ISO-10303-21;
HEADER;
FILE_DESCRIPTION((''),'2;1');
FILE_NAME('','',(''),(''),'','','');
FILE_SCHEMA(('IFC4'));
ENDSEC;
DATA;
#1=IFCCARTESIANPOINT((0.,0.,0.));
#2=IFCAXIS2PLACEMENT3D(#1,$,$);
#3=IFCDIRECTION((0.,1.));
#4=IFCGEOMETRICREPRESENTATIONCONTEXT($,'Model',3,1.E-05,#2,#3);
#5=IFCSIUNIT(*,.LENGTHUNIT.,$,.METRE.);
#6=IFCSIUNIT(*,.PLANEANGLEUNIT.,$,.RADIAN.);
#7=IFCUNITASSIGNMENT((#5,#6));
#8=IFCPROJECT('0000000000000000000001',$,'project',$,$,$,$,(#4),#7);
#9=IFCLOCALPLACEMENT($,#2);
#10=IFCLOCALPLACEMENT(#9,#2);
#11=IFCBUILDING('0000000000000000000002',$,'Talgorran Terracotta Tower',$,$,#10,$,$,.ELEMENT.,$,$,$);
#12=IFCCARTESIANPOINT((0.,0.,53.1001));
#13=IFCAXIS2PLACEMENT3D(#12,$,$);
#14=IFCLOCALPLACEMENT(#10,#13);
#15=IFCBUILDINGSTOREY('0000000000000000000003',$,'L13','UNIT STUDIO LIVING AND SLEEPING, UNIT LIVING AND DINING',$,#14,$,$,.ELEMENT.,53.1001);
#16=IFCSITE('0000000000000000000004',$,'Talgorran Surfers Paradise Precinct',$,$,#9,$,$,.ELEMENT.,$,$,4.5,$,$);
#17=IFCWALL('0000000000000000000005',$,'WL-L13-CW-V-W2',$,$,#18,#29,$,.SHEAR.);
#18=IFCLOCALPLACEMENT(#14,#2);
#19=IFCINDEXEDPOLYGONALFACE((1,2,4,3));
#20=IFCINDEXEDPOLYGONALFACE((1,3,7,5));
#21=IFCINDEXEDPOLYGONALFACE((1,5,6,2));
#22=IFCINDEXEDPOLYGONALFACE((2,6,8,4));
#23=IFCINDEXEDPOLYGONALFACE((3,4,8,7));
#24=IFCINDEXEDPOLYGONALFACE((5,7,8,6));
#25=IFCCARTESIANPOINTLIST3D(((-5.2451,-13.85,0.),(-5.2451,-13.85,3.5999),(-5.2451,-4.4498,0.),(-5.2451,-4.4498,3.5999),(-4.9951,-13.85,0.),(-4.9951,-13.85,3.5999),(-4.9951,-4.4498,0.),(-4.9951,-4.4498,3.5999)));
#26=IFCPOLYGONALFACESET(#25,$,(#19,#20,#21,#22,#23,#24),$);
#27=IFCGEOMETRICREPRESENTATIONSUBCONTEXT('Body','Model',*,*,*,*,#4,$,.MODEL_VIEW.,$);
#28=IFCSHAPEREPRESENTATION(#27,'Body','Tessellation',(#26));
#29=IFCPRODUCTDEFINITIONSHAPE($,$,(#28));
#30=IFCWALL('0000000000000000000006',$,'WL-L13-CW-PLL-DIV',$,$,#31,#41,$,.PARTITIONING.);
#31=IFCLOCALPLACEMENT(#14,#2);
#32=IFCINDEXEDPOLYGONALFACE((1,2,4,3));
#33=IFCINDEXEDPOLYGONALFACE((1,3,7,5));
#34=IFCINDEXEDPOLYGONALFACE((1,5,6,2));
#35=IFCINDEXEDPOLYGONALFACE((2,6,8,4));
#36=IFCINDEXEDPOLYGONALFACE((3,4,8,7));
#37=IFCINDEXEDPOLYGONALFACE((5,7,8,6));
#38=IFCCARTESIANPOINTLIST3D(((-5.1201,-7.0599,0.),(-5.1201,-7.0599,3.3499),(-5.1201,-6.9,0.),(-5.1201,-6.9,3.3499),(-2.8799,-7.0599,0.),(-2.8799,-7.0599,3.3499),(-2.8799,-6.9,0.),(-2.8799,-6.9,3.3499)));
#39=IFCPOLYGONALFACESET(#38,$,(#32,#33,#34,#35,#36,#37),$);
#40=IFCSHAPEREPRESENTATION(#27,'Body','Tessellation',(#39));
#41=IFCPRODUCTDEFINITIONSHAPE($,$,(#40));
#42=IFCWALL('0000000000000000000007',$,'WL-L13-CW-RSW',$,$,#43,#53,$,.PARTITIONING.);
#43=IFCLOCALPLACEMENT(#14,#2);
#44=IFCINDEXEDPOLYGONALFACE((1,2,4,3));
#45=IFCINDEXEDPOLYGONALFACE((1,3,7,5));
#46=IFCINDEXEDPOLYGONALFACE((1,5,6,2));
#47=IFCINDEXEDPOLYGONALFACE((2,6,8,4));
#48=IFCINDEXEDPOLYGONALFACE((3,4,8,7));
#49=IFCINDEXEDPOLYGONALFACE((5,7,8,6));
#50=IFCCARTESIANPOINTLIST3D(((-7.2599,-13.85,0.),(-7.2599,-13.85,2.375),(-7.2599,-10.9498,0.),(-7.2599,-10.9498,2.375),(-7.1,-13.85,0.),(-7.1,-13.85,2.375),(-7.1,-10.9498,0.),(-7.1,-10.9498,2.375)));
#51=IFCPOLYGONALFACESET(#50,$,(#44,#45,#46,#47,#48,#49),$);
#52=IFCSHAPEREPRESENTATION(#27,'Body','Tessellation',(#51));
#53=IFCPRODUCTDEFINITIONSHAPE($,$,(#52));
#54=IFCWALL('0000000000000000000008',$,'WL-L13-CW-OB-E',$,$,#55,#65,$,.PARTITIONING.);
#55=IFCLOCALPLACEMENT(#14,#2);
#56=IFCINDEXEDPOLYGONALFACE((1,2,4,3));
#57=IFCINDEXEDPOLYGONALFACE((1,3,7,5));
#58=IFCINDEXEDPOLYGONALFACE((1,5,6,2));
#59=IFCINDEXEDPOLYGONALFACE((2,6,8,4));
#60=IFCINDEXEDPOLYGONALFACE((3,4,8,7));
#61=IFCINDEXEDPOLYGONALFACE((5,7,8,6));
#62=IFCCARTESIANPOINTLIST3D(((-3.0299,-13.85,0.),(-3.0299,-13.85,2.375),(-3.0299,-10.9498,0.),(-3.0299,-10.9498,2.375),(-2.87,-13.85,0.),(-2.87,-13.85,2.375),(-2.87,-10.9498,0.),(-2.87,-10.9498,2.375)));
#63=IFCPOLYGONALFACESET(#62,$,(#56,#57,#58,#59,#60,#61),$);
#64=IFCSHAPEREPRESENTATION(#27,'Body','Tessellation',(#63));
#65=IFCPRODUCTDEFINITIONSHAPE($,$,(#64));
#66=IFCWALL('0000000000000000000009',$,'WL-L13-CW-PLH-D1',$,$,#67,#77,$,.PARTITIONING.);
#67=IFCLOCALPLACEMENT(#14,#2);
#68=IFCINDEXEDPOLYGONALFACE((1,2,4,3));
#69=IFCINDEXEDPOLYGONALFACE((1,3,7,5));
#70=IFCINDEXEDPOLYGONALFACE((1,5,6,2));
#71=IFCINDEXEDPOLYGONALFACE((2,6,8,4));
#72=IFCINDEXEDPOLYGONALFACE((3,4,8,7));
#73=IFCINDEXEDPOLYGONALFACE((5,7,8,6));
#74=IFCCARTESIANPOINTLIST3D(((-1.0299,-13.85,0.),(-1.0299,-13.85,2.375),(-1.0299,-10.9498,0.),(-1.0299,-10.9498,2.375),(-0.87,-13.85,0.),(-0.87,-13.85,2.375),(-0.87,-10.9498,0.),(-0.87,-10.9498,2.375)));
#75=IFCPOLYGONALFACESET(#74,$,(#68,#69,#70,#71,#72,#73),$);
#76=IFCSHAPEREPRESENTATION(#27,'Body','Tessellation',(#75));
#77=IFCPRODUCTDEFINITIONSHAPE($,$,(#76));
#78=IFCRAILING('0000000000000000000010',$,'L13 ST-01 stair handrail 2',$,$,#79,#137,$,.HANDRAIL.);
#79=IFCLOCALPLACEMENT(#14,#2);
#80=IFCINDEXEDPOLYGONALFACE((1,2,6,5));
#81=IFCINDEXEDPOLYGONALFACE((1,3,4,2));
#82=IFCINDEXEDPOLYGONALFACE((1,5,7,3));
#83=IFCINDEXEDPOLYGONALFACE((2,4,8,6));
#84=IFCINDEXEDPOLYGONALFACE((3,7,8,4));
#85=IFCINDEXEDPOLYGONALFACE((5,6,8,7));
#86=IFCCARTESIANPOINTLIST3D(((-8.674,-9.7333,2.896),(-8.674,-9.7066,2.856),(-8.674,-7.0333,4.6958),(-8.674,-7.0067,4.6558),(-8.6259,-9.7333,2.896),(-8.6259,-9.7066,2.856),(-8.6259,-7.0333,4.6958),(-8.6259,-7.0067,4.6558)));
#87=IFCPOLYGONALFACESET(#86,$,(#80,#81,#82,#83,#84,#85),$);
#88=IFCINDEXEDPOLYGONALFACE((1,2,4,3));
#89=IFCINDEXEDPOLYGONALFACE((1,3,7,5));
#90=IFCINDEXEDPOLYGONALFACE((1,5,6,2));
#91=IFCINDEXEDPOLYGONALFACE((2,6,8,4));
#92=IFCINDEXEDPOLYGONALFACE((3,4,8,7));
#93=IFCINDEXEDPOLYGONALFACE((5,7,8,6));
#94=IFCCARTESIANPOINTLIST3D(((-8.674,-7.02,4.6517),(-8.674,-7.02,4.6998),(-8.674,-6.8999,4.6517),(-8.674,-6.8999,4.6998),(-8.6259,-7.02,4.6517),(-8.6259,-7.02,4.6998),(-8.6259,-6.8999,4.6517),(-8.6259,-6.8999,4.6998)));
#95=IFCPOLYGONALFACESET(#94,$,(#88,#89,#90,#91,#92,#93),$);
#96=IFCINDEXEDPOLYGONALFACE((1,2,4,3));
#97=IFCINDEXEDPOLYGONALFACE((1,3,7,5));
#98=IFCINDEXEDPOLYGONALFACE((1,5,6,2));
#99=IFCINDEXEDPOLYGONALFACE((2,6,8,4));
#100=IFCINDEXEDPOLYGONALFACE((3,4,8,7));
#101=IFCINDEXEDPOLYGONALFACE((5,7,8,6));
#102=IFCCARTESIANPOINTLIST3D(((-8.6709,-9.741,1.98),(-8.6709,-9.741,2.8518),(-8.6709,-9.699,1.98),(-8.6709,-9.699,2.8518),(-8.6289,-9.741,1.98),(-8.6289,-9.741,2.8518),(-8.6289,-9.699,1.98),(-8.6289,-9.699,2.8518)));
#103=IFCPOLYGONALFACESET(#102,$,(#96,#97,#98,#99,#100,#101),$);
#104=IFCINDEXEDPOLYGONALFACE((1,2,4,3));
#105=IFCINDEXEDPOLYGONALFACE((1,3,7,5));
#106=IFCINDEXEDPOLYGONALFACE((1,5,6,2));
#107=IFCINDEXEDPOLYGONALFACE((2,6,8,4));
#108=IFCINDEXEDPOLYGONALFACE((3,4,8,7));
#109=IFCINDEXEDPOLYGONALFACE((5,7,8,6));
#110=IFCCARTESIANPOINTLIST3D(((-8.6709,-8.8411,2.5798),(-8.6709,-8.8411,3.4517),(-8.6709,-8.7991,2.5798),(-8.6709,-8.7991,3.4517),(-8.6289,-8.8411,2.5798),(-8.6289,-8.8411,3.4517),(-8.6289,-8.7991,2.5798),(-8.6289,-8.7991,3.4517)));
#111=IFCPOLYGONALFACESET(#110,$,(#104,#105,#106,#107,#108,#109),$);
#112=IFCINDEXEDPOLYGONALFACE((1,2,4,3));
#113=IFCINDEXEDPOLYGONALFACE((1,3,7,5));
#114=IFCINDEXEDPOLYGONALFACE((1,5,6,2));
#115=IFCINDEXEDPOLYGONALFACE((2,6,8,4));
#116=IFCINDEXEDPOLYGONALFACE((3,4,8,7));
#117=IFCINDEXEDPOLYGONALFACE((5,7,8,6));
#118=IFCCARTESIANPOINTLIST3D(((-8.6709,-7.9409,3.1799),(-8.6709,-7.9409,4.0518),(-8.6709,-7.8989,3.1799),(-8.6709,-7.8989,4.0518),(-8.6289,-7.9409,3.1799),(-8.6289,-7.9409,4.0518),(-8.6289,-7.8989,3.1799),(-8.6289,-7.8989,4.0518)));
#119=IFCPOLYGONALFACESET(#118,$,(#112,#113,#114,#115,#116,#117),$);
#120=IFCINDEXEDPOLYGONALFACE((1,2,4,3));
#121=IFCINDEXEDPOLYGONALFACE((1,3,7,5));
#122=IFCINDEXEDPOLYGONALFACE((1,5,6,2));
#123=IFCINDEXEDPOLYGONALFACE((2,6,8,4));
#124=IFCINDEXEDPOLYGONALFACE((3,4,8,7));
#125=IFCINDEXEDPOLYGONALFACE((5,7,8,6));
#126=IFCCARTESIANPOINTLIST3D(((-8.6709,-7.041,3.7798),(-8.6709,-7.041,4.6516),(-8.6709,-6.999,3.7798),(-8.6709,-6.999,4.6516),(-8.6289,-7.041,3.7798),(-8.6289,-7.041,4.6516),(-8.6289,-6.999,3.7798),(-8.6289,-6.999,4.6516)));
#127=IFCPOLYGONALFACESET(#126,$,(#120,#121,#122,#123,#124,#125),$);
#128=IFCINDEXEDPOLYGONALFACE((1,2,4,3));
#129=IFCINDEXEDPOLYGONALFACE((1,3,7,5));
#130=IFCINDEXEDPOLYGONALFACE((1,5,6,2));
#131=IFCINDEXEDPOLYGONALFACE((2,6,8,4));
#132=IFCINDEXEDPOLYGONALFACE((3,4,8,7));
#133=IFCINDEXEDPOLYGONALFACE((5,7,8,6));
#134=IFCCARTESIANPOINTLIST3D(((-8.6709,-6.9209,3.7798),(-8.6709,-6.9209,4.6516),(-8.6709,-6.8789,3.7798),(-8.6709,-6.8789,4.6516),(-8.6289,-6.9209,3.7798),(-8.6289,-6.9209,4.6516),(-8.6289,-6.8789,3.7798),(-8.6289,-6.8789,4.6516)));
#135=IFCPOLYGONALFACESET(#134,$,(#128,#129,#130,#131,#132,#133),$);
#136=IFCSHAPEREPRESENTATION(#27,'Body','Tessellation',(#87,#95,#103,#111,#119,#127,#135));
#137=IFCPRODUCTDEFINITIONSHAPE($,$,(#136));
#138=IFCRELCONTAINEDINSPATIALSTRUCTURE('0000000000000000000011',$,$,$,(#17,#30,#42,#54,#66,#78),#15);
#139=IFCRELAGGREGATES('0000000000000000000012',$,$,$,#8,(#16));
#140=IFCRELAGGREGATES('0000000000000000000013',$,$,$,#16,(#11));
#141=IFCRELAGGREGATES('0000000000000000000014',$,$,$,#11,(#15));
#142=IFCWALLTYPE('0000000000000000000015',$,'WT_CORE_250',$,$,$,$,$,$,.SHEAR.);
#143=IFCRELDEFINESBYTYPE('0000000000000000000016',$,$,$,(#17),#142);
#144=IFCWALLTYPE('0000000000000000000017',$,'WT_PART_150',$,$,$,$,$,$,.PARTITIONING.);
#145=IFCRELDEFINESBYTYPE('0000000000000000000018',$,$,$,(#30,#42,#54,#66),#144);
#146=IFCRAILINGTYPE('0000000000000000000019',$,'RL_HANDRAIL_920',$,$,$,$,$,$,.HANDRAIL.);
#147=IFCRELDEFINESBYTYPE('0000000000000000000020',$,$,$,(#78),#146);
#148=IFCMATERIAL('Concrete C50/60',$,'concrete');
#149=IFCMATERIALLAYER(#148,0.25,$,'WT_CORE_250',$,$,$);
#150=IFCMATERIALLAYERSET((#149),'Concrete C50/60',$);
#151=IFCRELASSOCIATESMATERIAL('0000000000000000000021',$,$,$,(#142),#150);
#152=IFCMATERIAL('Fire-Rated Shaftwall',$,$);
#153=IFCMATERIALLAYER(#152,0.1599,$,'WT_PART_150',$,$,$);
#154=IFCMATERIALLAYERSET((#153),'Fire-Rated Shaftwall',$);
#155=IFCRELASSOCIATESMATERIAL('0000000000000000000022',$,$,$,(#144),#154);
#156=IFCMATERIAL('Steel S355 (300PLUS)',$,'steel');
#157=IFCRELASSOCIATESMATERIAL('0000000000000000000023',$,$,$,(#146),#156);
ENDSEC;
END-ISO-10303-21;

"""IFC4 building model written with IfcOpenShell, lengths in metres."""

from ifc_helpers import new_model, si_unit, direction, frame, frame_2d, origin, origin_2d, place, context, subcontext, project, spatial, rectangle, extrude, material, layer, layer_set, type_object, element, save


model = new_model("IFC4")

# Units and contexts
model_context = context("Model", 3, precision=1e-05, world=origin(), true_north=direction((0.0, 1.0)))
body_context = subcontext(model_context, "Body", "Model", "MODEL_VIEW")
ifc_project = project(units=[si_unit("LENGTHUNIT", "METRE"), si_unit("PLANEANGLEUNIT", "RADIAN")], contexts=[model_context])

# Site, building, storey
site_placement = place(None, origin())
site = spatial("IfcSite", under=ifc_project, at=site_placement, Name="Talgorran Surfers Paradise Precinct", CompositionType="ELEMENT", RefElevation=4.5)
building_placement = place(site_placement, origin())
building = spatial("IfcBuilding", under=site, at=building_placement, Name="Talgorran Terracotta Tower", CompositionType="ELEMENT")
storey_placement = place(building_placement, frame((0.0, 0.0, 53.1001)))
storey = spatial("IfcBuildingStorey", under=building, at=storey_placement, Name="L13", Description="UNIT STUDIO LIVING AND SLEEPING, UNIT LIVING AND DINING", CompositionType="ELEMENT", Elevation=53.1001)

# Shared definitions
ifc_material_1 = material(Name="Concrete C50/60", Category="concrete")

# Walls
ifc_layer_1 = layer(ifc_material_1, 0.25, Name="WT_CORE_250")
ifc_layer_set_1 = layer_set([ifc_layer_1], Name="Concrete C50/60")
wall_type_1 = type_object("IfcWallType", Name="WT_CORE_250", PredefinedType="SHEAR", material=ifc_layer_set_1)
wall_1_placement = place(storey_placement, frame((-5.1201, -13.8501, 0.0), z_axis=(0.0, 0.0, 1.0), x_axis=(0.0, 1.0, 0.0)))
element("IfcWall", 1, at=wall_1_placement, inside=storey, type_object=wall_type_1, Name="WL-L13-CW-V-W2", PredefinedType="SHEAR", context=body_context, shape_type="SweptSolid", body=[
    extrude(rectangle(XDim=9.4001, YDim=0.25, at=frame_2d((4.7002, 0.0))), origin(), (0.0, 0.0, 1.0), 3.5999),
])
ifc_material_2 = material(Name="Fire-Rated Shaftwall")
ifc_layer_2 = layer(ifc_material_2, 0.1599, Name="WT_PART_150")
ifc_layer_set_2 = layer_set([ifc_layer_2], Name="Fire-Rated Shaftwall")
wall_type_2 = type_object("IfcWallType", Name="WT_PART_150", PredefinedType="PARTITIONING", material=ifc_layer_set_2)
wall_2_placement = place(storey_placement, frame((-5.1201, -6.98, 0.0), z_axis=(0.0, 0.0, 1.0), x_axis=(1.0, 0.0, 0.0)))
element("IfcWall", 2, at=wall_2_placement, inside=storey, type_object=wall_type_2, Name="WL-L13-CW-PLL-DIV", PredefinedType="PARTITIONING", context=body_context, shape_type="SweptSolid", body=[
    extrude(rectangle(XDim=2.2402, YDim=0.1599, at=frame_2d((1.1201, 0.0))), origin(), (0.0, 0.0, 1.0), 3.3499),
])
for number, where, z_axis, x_axis, name in (
    (3, (-7.1799, -13.8501, 0.0), (0.0, 0.0, 1.0), (0.0, 1.0, 0.0), "WL-L13-CW-RSW"),
    (4, (-2.95, -13.8501, 0.0), (0.0, 0.0, 1.0), (0.0, 1.0, 0.0), "WL-L13-CW-OB-E"),
    (5, (-0.95, -13.8501, 0.0), (0.0, 0.0, 1.0), (0.0, 1.0, 0.0), "WL-L13-CW-PLH-D1"),
):
    element("IfcWall", number, at=place(storey_placement, frame(where, z_axis=z_axis, x_axis=x_axis)), inside=storey, type_object=wall_type_2, Name=name, PredefinedType="PARTITIONING", context=body_context, shape_type="SweptSolid", body=[
        extrude(rectangle(XDim=2.9001, YDim=0.1599, at=frame_2d((1.4502, 0.0))), origin(), (0.0, 0.0, 1.0), 2.375),
    ])

# Railing
ifc_material_3 = material(Name="Steel S355 (300PLUS)", Category="steel")
railing_type = type_object("IfcRailingType", Name="RL_HANDRAIL_920", PredefinedType="HANDRAIL", material=ifc_material_3)
railing_placement = place(storey_placement, frame((-8.6499, -9.72, 1.98)))
element("IfcRailing", 6, at=railing_placement, inside=storey, type_object=railing_type, Name="L13 ST-01 stair handrail 2", PredefinedType="HANDRAIL", context=body_context, shape_type="SweptSolid", body=[
    extrude(rectangle(XDim=0.0481, YDim=0.0481, at=origin_2d()), frame((0.0, 0.0, 0.896), z_axis=(0.0, 0.832073, 0.554665), x_axis=(-1.0, 0.0, 0.0)), (0.0, 0.0, 1.0), 3.2449),
    extrude(rectangle(XDim=0.0481, YDim=0.0481, at=origin_2d()), frame((0.0, 2.7, 2.6958), z_axis=(0.0, 1.0, 0.0), x_axis=(-1.0, 0.0, 0.0)), (0.0, 0.0, 1.0), 0.1201),
    extrude(rectangle(XDim=0.042, YDim=0.042, at=origin_2d()), origin(), (0.0, 0.0, 1.0), 0.8718),
    extrude(rectangle(XDim=0.042, YDim=0.042, at=origin_2d()), frame((0.0, 0.8999, 0.5999)), (0.0, 0.0, 1.0), 0.8718),
    extrude(rectangle(XDim=0.042, YDim=0.042, at=origin_2d()), frame((0.0, 1.8, 1.2)), (0.0, 0.0, 1.0), 0.8718),
    extrude(rectangle(XDim=0.042, YDim=0.042, at=origin_2d()), frame((0.0, 2.7, 1.7998)), (0.0, 0.0, 1.0), 0.8718),
    extrude(rectangle(XDim=0.042, YDim=0.042, at=origin_2d()), frame((0.0, 2.8201, 1.7998)), (0.0, 0.0, 1.0), 0.8718),
])

save(model, "model.ifc")
